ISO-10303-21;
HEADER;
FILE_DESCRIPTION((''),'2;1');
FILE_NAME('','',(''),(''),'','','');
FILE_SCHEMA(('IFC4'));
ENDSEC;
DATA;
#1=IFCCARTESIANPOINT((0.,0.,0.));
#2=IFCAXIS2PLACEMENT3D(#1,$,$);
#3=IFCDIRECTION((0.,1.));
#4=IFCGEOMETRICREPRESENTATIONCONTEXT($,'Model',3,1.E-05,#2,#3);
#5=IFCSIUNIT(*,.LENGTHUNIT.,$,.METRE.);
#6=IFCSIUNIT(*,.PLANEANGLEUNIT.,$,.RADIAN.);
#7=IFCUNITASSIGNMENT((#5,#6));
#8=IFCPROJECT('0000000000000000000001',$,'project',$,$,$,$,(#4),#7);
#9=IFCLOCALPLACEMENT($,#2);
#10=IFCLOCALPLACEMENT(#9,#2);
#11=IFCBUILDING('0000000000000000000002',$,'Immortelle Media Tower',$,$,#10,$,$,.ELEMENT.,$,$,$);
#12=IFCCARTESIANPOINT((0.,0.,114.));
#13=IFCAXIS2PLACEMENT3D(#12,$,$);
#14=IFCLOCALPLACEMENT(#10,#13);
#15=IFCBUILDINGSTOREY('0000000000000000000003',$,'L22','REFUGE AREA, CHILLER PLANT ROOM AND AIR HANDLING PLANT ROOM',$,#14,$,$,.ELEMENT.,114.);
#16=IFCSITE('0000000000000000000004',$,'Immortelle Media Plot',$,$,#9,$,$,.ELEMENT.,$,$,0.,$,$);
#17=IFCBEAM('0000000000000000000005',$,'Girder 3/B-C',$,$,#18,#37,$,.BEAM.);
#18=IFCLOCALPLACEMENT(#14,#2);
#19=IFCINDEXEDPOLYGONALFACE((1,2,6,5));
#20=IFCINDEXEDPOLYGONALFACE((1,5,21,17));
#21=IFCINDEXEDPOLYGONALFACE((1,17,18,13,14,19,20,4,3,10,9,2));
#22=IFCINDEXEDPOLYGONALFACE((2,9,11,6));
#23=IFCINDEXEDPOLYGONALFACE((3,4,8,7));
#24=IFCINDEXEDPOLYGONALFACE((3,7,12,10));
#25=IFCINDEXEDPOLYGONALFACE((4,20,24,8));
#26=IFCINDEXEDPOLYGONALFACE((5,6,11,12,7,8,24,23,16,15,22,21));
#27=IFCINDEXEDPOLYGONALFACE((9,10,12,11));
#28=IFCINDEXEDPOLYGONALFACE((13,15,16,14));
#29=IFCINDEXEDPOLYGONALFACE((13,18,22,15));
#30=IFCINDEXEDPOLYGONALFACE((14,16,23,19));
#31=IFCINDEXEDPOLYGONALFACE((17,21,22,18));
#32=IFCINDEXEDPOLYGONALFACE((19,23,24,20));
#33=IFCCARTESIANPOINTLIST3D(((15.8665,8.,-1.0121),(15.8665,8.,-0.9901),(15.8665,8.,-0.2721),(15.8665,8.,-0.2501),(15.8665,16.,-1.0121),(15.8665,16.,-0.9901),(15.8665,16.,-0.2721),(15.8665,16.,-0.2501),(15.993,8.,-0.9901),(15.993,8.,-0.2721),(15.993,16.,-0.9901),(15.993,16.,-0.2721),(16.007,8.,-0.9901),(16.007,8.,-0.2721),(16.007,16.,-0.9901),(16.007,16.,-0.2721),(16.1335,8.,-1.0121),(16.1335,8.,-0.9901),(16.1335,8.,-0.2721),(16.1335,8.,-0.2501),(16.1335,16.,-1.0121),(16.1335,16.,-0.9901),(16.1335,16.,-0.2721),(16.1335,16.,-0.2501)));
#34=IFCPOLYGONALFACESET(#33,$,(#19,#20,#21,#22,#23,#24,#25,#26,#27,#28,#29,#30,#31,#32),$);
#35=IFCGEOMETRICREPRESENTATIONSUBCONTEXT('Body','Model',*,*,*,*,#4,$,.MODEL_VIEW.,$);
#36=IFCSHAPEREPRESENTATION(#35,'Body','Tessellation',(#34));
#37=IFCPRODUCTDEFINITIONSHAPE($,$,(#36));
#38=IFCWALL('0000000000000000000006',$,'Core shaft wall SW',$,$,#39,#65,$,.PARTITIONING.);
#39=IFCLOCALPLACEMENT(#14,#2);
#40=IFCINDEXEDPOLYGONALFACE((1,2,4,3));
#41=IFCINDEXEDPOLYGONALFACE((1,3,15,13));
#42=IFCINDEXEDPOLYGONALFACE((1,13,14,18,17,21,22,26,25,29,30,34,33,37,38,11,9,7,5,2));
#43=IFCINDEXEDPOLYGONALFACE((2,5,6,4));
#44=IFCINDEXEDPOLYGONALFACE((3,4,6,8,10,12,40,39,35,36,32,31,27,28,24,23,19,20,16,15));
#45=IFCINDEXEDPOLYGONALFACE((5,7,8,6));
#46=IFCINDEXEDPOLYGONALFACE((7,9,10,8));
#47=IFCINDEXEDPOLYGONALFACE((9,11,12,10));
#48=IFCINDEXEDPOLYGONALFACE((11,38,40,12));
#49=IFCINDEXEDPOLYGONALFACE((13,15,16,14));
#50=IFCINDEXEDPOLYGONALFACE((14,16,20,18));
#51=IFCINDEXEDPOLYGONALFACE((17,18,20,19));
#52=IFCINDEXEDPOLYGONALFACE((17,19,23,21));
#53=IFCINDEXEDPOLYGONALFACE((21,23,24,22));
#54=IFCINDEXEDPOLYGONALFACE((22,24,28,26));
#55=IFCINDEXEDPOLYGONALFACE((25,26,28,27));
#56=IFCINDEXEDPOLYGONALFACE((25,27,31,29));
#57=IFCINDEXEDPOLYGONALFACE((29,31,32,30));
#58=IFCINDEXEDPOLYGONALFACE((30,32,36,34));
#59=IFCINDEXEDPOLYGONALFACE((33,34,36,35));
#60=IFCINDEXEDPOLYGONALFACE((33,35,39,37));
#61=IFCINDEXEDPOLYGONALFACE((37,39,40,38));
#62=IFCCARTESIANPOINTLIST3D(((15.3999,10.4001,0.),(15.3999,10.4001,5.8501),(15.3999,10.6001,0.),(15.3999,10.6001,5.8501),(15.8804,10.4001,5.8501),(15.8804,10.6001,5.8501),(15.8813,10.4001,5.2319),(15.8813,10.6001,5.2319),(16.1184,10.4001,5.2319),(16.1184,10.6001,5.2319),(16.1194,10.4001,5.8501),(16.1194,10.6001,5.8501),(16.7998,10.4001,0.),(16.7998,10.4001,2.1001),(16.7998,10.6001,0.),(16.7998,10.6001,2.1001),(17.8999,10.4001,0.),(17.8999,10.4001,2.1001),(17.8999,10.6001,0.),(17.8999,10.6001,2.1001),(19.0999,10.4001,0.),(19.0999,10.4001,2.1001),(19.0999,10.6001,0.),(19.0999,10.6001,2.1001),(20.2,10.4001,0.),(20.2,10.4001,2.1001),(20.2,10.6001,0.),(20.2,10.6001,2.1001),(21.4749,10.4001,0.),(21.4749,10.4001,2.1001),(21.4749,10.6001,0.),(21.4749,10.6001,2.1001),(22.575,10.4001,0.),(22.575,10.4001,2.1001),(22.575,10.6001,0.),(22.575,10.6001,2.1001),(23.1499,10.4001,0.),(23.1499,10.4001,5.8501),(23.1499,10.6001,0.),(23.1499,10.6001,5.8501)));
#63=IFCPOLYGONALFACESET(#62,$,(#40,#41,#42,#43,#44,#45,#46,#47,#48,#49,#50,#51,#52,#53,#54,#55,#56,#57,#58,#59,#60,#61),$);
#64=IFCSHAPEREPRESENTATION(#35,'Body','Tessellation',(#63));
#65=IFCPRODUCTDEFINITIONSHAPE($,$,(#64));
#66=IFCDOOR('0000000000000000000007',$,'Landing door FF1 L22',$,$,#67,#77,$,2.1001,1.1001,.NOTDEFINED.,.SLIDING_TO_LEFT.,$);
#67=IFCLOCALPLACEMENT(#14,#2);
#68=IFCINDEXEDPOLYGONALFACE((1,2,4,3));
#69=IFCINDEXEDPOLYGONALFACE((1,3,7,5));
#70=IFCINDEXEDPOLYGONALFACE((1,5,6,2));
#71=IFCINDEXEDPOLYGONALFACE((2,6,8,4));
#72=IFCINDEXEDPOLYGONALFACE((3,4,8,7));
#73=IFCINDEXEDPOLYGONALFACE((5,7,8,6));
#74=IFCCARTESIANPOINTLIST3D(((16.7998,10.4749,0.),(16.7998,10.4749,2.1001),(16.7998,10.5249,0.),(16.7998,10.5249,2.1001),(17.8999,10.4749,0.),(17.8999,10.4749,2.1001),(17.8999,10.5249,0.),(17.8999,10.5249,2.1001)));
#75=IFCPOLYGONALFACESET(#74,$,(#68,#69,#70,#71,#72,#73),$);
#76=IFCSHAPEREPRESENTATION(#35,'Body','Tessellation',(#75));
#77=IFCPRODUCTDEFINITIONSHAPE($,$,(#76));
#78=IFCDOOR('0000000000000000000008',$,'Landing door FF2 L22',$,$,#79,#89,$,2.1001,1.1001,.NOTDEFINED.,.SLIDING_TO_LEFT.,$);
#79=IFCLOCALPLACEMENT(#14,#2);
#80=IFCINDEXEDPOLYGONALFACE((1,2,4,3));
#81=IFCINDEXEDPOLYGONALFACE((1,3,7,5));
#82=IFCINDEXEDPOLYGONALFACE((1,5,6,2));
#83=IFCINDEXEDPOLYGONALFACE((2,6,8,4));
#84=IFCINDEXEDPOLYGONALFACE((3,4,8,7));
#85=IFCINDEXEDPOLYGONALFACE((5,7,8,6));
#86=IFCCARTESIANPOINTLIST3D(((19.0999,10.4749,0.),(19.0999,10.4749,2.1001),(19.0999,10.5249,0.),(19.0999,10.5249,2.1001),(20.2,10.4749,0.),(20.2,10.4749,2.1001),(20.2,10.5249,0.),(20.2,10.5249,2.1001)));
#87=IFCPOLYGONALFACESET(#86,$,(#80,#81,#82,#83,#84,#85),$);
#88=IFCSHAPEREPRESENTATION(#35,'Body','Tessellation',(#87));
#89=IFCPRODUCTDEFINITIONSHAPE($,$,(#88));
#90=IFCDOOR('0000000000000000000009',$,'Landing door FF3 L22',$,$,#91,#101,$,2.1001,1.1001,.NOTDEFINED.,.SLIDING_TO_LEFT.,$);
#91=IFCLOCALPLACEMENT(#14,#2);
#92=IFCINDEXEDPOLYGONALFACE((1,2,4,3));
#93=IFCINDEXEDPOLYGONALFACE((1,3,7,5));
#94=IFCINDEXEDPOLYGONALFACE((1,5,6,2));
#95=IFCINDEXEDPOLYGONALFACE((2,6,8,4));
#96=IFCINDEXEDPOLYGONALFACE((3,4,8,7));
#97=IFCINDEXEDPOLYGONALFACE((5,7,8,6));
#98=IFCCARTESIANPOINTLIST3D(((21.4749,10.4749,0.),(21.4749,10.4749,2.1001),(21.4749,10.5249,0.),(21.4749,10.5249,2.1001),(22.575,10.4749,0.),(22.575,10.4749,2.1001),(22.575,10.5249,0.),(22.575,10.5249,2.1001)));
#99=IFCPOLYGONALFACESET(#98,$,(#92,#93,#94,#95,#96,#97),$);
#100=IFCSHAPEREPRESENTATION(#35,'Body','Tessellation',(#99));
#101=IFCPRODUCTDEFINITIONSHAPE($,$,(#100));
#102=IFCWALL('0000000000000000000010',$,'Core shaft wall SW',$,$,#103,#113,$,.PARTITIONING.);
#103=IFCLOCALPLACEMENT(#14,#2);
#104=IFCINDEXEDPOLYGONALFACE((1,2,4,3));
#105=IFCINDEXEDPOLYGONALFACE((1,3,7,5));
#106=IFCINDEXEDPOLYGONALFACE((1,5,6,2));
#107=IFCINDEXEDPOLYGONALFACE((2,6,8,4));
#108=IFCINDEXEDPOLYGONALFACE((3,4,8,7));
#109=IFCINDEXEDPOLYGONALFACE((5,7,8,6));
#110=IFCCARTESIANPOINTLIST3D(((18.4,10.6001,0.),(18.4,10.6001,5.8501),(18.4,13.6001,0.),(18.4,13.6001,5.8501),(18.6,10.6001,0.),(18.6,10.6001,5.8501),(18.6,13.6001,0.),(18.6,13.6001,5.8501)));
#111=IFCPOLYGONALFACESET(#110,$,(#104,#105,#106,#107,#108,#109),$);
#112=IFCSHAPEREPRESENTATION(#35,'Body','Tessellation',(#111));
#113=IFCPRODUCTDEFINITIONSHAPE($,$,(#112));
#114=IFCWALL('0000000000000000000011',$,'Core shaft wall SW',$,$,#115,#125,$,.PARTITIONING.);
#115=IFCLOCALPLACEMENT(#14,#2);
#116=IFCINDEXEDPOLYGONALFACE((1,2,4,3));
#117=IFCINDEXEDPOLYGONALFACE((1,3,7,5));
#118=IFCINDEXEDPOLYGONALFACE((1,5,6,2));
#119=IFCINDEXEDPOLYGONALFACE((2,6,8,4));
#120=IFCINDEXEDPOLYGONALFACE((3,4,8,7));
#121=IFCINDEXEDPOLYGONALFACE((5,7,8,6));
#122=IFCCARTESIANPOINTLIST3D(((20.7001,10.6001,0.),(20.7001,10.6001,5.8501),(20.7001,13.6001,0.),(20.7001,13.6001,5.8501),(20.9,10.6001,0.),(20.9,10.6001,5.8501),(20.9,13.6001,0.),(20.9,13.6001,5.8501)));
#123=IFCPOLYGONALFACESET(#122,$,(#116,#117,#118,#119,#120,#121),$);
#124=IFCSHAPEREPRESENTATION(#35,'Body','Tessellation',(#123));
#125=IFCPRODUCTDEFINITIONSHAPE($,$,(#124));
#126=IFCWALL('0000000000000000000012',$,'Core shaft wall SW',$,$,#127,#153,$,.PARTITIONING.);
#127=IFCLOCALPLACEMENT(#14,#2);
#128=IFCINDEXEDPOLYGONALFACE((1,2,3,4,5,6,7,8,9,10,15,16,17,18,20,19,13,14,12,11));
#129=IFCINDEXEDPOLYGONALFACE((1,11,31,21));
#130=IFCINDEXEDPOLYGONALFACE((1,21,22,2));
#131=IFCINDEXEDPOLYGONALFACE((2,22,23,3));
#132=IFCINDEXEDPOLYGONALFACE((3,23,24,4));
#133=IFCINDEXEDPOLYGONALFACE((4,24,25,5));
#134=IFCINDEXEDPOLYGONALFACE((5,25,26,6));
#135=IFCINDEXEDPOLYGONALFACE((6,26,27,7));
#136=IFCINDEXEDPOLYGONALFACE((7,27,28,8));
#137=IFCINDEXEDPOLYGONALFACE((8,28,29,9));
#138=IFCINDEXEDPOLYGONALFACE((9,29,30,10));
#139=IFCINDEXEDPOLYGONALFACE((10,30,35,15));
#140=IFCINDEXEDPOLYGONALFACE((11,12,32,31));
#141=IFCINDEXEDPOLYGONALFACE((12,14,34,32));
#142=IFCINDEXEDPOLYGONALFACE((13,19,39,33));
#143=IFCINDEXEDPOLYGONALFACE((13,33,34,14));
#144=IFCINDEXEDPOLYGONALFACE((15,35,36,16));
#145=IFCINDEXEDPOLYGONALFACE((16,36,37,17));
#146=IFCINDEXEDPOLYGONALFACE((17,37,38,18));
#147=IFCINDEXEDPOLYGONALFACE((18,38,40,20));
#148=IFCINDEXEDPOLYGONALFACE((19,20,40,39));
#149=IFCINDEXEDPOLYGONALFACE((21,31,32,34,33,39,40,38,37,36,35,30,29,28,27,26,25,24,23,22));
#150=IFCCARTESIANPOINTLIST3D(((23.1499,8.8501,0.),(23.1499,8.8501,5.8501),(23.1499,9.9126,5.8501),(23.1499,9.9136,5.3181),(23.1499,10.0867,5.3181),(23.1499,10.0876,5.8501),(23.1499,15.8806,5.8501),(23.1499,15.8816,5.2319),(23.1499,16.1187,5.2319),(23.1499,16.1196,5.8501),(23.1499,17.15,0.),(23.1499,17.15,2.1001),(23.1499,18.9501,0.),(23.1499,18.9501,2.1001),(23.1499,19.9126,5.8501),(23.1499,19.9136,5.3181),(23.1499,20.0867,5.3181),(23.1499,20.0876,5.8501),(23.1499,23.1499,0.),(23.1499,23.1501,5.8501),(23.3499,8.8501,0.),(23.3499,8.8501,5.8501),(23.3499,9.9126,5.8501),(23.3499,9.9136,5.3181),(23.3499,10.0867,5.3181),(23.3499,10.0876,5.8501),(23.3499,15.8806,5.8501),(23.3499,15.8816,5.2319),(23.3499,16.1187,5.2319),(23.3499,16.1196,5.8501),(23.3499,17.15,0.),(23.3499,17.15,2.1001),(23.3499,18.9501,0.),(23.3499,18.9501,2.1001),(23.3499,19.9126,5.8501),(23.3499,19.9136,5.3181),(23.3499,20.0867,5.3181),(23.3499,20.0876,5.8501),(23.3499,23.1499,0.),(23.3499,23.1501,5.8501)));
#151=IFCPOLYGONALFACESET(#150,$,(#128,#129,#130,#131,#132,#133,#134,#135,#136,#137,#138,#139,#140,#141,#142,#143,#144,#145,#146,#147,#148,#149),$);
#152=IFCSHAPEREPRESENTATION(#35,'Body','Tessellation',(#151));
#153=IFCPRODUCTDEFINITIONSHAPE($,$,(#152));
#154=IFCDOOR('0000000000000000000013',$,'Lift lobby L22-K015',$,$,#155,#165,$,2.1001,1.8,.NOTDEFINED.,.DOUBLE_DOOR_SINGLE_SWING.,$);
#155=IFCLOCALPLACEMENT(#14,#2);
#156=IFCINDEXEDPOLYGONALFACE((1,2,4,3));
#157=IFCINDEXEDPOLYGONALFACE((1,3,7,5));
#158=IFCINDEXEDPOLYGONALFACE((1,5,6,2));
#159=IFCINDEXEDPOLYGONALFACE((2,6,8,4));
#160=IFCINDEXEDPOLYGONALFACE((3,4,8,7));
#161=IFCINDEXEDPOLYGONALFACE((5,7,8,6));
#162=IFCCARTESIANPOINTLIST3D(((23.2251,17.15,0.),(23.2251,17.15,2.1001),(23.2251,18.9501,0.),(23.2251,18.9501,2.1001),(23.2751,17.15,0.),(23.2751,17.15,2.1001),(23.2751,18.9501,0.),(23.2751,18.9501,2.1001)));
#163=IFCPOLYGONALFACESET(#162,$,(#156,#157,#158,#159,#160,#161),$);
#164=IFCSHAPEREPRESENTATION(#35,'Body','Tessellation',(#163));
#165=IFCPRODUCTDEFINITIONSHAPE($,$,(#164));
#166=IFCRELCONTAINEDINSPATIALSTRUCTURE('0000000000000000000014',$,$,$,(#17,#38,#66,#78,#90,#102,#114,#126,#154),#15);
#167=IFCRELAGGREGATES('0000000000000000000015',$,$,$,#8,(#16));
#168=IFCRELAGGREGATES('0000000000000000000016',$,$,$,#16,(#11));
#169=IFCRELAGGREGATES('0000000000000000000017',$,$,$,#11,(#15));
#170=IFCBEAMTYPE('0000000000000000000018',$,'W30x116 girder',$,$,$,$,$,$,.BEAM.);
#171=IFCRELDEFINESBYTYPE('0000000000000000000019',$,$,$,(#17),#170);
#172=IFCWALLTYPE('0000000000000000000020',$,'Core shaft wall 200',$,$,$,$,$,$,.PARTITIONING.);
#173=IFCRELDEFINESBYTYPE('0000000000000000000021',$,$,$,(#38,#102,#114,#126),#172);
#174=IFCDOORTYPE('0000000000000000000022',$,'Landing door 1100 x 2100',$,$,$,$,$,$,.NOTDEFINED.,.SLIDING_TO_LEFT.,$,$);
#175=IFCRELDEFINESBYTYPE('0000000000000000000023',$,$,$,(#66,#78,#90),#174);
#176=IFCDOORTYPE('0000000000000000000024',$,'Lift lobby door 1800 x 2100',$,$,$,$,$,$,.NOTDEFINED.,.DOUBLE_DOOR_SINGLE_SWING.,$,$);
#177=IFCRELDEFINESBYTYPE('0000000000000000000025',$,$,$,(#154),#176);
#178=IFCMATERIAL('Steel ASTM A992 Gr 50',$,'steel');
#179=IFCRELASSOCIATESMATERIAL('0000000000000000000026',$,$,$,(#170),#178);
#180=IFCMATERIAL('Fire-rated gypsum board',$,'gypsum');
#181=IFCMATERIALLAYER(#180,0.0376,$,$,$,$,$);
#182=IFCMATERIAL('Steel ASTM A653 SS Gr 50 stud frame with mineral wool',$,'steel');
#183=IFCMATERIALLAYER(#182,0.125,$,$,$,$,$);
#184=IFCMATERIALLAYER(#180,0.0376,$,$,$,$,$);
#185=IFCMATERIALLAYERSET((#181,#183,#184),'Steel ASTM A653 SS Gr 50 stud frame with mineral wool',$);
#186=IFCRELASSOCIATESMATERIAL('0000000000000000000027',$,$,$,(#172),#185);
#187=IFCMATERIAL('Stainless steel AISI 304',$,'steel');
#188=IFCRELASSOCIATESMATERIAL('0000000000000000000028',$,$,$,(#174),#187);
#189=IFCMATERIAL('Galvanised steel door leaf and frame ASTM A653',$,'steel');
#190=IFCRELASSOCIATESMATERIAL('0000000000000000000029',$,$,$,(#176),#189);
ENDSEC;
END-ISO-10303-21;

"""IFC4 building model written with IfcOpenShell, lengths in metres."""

from ifc_helpers import new_model, si_unit, direction, frame, frame_2d, origin, origin_2d, place, context, subcontext, project, spatial, polyline, rectangle, i_section, outline, extrude, material, layer, layer_set, material_profile, profile_set, type_object, element, fill, save


model = new_model("IFC4")

# Units and contexts
model_context = context("Model", 3, precision=1e-05, world=origin(), true_north=direction((0.0, 1.0)))
body_context = subcontext(model_context, "Body", "Model", "MODEL_VIEW")
ifc_project = project(units=[si_unit("LENGTHUNIT", "METRE"), si_unit("PLANEANGLEUNIT", "RADIAN")], contexts=[model_context])

# Site, building, storey
site_placement = place(None, origin())
site = spatial("IfcSite", under=ifc_project, at=site_placement, Name="Immortelle Media Plot", CompositionType="ELEMENT", RefElevation=0.0)
building_placement = place(site_placement, origin())
building = spatial("IfcBuilding", under=site, at=building_placement, Name="Immortelle Media Tower", CompositionType="ELEMENT")
storey_placement = place(building_placement, frame((0.0, 0.0, 114.0)))
storey = spatial("IfcBuildingStorey", under=building, at=storey_placement, Name="L22", Description="REFUGE AREA, CHILLER PLANT ROOM AND AIR HANDLING PLANT ROOM", CompositionType="ELEMENT", Elevation=114.0)

# Shared definitions
ifc_material_1 = material(Name="Steel ASTM A992 Gr 50", Category="steel")

# Beam
ifc_material_profile_1 = material_profile(ifc_material_1, i_section(OverallWidth=0.2671, OverallDepth=0.762, WebThickness=0.0139, FlangeThickness=0.022, at=origin_2d()), Name="W30x116")
ifc_profile_set_1 = profile_set([ifc_material_profile_1], Name="Steel ASTM A992 Gr 50")
beam_type_1 = type_object("IfcBeamType", Name="W30x116 girder", PredefinedType="BEAM", material=ifc_profile_set_1)
for number, where, z_axis, x_axis, name in (
    (1, (16.0, 8.0, -0.6311), (0.0, 1.0, 0.0), (-1.0, 0.0, 0.0), "Girder 3/B-C"),
):
    element("IfcBeam", number, at=place(storey_placement, frame(where, z_axis=z_axis, x_axis=x_axis)), inside=storey, type_object=beam_type_1, Name=name, PredefinedType="BEAM", context=body_context, shape_type="SweptSolid", body=[
        extrude(i_section(OverallWidth=0.2671, OverallDepth=0.762, WebThickness=0.0139, FlangeThickness=0.022, at=origin_2d()), origin(), (0.0, 0.0, 1.0), 8.0),
    ])

# Wall, openings, doors
ifc_material_2 = material(Name="Fire-rated gypsum board", Category="gypsum")
ifc_layer_1 = layer(ifc_material_2, 0.0376)
ifc_material_3 = material(Name="Steel ASTM A653 SS Gr 50 stud frame with mineral wool", Category="steel")
ifc_layer_2 = layer(ifc_material_3, 0.125)
ifc_layer_3 = layer(ifc_material_2, 0.0376)
ifc_layer_set_1 = layer_set([ifc_layer_1, ifc_layer_2, ifc_layer_3], Name="Steel ASTM A653 SS Gr 50 stud frame with mineral wool")
wall_type_1 = type_object("IfcWallType", Name="Core shaft wall 200", PredefinedType="PARTITIONING", material=ifc_layer_set_1)
wall_1_placement = place(storey_placement, frame((15.3999, 10.5, 0.0), z_axis=(0.0, 0.0, 1.0), x_axis=(1.0, 0.0, 0.0)))
wall_1 = element("IfcWall", 2, at=wall_1_placement, inside=storey, type_object=wall_type_1, Name="Core shaft wall SW", PredefinedType="PARTITIONING", context=body_context, shape_type="SweptSolid", body=[
    extrude(outline(polyline([(0.0, 0.0), (7.75, 0.0), (7.75, 5.8501), (0.7195, 5.8501), (0.7185, 5.2319), (0.4814, 5.2319), (0.4805, 5.8501), (0.0, 5.8501), (0.0, 0.0)])), frame((0.0, 0.1001, 0.0), z_axis=(0.0, -1.0, 0.0), x_axis=(1.0, 0.0, 0.0)), (0.0, 0.0, 1.0), 0.2),
])
opening_1_placement = place(wall_1_placement, frame((1.3999, 0.0, 0.0)))
opening_1 = element("IfcOpeningElement", 3, at=opening_1_placement, cuts=wall_1, PredefinedType="OPENING", context=body_context, shape_type="SweptSolid", body=[
    extrude(rectangle(XDim=1.1001, YDim=2.1001, at=frame_2d((0.55, 1.05))), frame((0.0, 0.1099, 0.0), z_axis=(0.0, -1.0, 0.0), x_axis=(1.0, 0.0, 0.0)), (0.0, 0.0, 1.0), 0.22),
])
opening_2_placement = place(wall_1_placement, frame((3.7, 0.0, 0.0)))
opening_2 = element("IfcOpeningElement", 4, at=opening_2_placement, cuts=wall_1, PredefinedType="OPENING", context=body_context, shape_type="SweptSolid", body=[
    extrude(rectangle(XDim=1.1001, YDim=2.1001, at=frame_2d((0.55, 1.05))), frame((0.0, 0.1099, 0.0), z_axis=(0.0, -1.0, 0.0), x_axis=(1.0, 0.0, 0.0)), (0.0, 0.0, 1.0), 0.22),
])
opening_3_placement = place(wall_1_placement, frame((6.075, 0.0, 0.0)))
opening_3 = element("IfcOpeningElement", 5, at=opening_3_placement, cuts=wall_1, PredefinedType="OPENING", context=body_context, shape_type="SweptSolid", body=[
    extrude(rectangle(XDim=1.1001, YDim=2.1001, at=frame_2d((0.55, 1.05))), frame((0.0, 0.1099, 0.0), z_axis=(0.0, -1.0, 0.0), x_axis=(1.0, 0.0, 0.0)), (0.0, 0.0, 1.0), 0.22),
])
ifc_material_4 = material(Name="Stainless steel AISI 304", Category="steel")
door_type_1 = type_object("IfcDoorType", Name="Landing door 1100 x 2100", OperationType="SLIDING_TO_LEFT", PredefinedType="NOTDEFINED", material=ifc_material_4)
door_1_placement = place(opening_1_placement, origin())
door_1 = element("IfcDoor", 6, at=door_1_placement, inside=storey, type_object=door_type_1, Name="Landing door FF1 L22", OperationType="SLIDING_TO_LEFT", OverallHeight=2.1001, OverallWidth=1.1001, PredefinedType="NOTDEFINED", context=body_context, shape_type="SweptSolid", body=[
    extrude(rectangle(XDim=1.1001, YDim=2.1001, at=frame_2d((0.55, 1.05))), frame((0.0, 0.0249, 0.0), z_axis=(0.0, -1.0, 0.0), x_axis=(1.0, 0.0, 0.0)), (0.0, 0.0, 1.0), 0.05),
])
fill(opening_1, door_1)
door_2_placement = place(opening_2_placement, origin())
door_2 = element("IfcDoor", 7, at=door_2_placement, inside=storey, type_object=door_type_1, Name="Landing door FF2 L22", OperationType="SLIDING_TO_LEFT", OverallHeight=2.1001, OverallWidth=1.1001, PredefinedType="NOTDEFINED", context=body_context, shape_type="SweptSolid", body=[
    extrude(rectangle(XDim=1.1001, YDim=2.1001, at=frame_2d((0.55, 1.05))), frame((0.0, 0.0249, 0.0), z_axis=(0.0, -1.0, 0.0), x_axis=(1.0, 0.0, 0.0)), (0.0, 0.0, 1.0), 0.05),
])
fill(opening_2, door_2)
door_3_placement = place(opening_3_placement, origin())
door_3 = element("IfcDoor", 8, at=door_3_placement, inside=storey, type_object=door_type_1, Name="Landing door FF3 L22", OperationType="SLIDING_TO_LEFT", OverallHeight=2.1001, OverallWidth=1.1001, PredefinedType="NOTDEFINED", context=body_context, shape_type="SweptSolid", body=[
    extrude(rectangle(XDim=1.1001, YDim=2.1001, at=frame_2d((0.55, 1.05))), frame((0.0, 0.0249, 0.0), z_axis=(0.0, -1.0, 0.0), x_axis=(1.0, 0.0, 0.0)), (0.0, 0.0, 1.0), 0.05),
])
fill(opening_3, door_3)

# Walls
for number, where, z_axis, x_axis, name in (
    (9, (18.5, 10.6001, 0.0), (0.0, 0.0, 1.0), (0.0, 1.0, 0.0), "Core shaft wall SW"),
    (10, (20.8, 10.6001, 0.0), (0.0, 0.0, 1.0), (0.0, 1.0, 0.0), "Core shaft wall SW"),
):
    element("IfcWall", number, at=place(storey_placement, frame(where, z_axis=z_axis, x_axis=x_axis)), inside=storey, type_object=wall_type_1, Name=name, PredefinedType="PARTITIONING", context=body_context, shape_type="SweptSolid", body=[
        extrude(rectangle(XDim=3.0, YDim=0.2, at=frame_2d((1.5, 0.0))), origin(), (0.0, 0.0, 1.0), 5.8501),
    ])

# Wall, opening, door
wall_2_placement = place(storey_placement, frame((23.25, 8.8501, 0.0), z_axis=(0.0, 0.0, 1.0), x_axis=(0.0, 1.0, 0.0)))
wall_2 = element("IfcWall", 11, at=wall_2_placement, inside=storey, type_object=wall_type_1, Name="Core shaft wall SW", PredefinedType="PARTITIONING", context=body_context, shape_type="SweptSolid", body=[
    extrude(outline(polyline([(0.0, 0.0), (14.2998, 0.0), (14.3, 5.8501), (11.2375, 5.8501), (11.2366, 5.3181), (11.0635, 5.3181), (11.0625, 5.8501), (7.2695, 5.8501), (7.2686, 5.2319), (7.0315, 5.2319), (7.0305, 5.8501), (1.2375, 5.8501), (1.2366, 5.3181), (1.0635, 5.3181), (1.0625, 5.8501), (0.0, 5.8501), (0.0, 0.0)])), frame((0.0, 0.1001, 0.0), z_axis=(0.0, -1.0, 0.0), x_axis=(1.0, 0.0, 0.0)), (0.0, 0.0, 1.0), 0.2),
])
opening_4_placement = place(wall_2_placement, frame((8.3, 0.0, 0.0)))
opening_4 = element("IfcOpeningElement", 12, at=opening_4_placement, cuts=wall_2, PredefinedType="OPENING", context=body_context, shape_type="SweptSolid", body=[
    extrude(rectangle(XDim=1.8, YDim=2.1001, at=frame_2d((0.8999, 1.05))), frame((0.0, 0.1099, 0.0), z_axis=(0.0, -1.0, 0.0), x_axis=(1.0, 0.0, 0.0)), (0.0, 0.0, 1.0), 0.22),
])
ifc_material_5 = material(Name="Galvanised steel door leaf and frame ASTM A653", Category="steel")
door_type_2 = type_object("IfcDoorType", Name="Lift lobby door 1800 x 2100", OperationType="DOUBLE_DOOR_SINGLE_SWING", PredefinedType="NOTDEFINED", material=ifc_material_5)
door_4_placement = place(opening_4_placement, origin())
door_4 = element("IfcDoor", 13, at=door_4_placement, inside=storey, type_object=door_type_2, Name="Lift lobby L22-K015", OperationType="DOUBLE_DOOR_SINGLE_SWING", OverallHeight=2.1001, OverallWidth=1.8, PredefinedType="NOTDEFINED", context=body_context, shape_type="SweptSolid", body=[
    extrude(rectangle(XDim=1.8, YDim=2.1001, at=frame_2d((0.8999, 1.05))), frame((0.0, 0.0249, 0.0), z_axis=(0.0, -1.0, 0.0), x_axis=(1.0, 0.0, 0.0)), (0.0, 0.0, 1.0), 0.05),
])
fill(opening_4, door_4)

save(model, "model.ifc")
